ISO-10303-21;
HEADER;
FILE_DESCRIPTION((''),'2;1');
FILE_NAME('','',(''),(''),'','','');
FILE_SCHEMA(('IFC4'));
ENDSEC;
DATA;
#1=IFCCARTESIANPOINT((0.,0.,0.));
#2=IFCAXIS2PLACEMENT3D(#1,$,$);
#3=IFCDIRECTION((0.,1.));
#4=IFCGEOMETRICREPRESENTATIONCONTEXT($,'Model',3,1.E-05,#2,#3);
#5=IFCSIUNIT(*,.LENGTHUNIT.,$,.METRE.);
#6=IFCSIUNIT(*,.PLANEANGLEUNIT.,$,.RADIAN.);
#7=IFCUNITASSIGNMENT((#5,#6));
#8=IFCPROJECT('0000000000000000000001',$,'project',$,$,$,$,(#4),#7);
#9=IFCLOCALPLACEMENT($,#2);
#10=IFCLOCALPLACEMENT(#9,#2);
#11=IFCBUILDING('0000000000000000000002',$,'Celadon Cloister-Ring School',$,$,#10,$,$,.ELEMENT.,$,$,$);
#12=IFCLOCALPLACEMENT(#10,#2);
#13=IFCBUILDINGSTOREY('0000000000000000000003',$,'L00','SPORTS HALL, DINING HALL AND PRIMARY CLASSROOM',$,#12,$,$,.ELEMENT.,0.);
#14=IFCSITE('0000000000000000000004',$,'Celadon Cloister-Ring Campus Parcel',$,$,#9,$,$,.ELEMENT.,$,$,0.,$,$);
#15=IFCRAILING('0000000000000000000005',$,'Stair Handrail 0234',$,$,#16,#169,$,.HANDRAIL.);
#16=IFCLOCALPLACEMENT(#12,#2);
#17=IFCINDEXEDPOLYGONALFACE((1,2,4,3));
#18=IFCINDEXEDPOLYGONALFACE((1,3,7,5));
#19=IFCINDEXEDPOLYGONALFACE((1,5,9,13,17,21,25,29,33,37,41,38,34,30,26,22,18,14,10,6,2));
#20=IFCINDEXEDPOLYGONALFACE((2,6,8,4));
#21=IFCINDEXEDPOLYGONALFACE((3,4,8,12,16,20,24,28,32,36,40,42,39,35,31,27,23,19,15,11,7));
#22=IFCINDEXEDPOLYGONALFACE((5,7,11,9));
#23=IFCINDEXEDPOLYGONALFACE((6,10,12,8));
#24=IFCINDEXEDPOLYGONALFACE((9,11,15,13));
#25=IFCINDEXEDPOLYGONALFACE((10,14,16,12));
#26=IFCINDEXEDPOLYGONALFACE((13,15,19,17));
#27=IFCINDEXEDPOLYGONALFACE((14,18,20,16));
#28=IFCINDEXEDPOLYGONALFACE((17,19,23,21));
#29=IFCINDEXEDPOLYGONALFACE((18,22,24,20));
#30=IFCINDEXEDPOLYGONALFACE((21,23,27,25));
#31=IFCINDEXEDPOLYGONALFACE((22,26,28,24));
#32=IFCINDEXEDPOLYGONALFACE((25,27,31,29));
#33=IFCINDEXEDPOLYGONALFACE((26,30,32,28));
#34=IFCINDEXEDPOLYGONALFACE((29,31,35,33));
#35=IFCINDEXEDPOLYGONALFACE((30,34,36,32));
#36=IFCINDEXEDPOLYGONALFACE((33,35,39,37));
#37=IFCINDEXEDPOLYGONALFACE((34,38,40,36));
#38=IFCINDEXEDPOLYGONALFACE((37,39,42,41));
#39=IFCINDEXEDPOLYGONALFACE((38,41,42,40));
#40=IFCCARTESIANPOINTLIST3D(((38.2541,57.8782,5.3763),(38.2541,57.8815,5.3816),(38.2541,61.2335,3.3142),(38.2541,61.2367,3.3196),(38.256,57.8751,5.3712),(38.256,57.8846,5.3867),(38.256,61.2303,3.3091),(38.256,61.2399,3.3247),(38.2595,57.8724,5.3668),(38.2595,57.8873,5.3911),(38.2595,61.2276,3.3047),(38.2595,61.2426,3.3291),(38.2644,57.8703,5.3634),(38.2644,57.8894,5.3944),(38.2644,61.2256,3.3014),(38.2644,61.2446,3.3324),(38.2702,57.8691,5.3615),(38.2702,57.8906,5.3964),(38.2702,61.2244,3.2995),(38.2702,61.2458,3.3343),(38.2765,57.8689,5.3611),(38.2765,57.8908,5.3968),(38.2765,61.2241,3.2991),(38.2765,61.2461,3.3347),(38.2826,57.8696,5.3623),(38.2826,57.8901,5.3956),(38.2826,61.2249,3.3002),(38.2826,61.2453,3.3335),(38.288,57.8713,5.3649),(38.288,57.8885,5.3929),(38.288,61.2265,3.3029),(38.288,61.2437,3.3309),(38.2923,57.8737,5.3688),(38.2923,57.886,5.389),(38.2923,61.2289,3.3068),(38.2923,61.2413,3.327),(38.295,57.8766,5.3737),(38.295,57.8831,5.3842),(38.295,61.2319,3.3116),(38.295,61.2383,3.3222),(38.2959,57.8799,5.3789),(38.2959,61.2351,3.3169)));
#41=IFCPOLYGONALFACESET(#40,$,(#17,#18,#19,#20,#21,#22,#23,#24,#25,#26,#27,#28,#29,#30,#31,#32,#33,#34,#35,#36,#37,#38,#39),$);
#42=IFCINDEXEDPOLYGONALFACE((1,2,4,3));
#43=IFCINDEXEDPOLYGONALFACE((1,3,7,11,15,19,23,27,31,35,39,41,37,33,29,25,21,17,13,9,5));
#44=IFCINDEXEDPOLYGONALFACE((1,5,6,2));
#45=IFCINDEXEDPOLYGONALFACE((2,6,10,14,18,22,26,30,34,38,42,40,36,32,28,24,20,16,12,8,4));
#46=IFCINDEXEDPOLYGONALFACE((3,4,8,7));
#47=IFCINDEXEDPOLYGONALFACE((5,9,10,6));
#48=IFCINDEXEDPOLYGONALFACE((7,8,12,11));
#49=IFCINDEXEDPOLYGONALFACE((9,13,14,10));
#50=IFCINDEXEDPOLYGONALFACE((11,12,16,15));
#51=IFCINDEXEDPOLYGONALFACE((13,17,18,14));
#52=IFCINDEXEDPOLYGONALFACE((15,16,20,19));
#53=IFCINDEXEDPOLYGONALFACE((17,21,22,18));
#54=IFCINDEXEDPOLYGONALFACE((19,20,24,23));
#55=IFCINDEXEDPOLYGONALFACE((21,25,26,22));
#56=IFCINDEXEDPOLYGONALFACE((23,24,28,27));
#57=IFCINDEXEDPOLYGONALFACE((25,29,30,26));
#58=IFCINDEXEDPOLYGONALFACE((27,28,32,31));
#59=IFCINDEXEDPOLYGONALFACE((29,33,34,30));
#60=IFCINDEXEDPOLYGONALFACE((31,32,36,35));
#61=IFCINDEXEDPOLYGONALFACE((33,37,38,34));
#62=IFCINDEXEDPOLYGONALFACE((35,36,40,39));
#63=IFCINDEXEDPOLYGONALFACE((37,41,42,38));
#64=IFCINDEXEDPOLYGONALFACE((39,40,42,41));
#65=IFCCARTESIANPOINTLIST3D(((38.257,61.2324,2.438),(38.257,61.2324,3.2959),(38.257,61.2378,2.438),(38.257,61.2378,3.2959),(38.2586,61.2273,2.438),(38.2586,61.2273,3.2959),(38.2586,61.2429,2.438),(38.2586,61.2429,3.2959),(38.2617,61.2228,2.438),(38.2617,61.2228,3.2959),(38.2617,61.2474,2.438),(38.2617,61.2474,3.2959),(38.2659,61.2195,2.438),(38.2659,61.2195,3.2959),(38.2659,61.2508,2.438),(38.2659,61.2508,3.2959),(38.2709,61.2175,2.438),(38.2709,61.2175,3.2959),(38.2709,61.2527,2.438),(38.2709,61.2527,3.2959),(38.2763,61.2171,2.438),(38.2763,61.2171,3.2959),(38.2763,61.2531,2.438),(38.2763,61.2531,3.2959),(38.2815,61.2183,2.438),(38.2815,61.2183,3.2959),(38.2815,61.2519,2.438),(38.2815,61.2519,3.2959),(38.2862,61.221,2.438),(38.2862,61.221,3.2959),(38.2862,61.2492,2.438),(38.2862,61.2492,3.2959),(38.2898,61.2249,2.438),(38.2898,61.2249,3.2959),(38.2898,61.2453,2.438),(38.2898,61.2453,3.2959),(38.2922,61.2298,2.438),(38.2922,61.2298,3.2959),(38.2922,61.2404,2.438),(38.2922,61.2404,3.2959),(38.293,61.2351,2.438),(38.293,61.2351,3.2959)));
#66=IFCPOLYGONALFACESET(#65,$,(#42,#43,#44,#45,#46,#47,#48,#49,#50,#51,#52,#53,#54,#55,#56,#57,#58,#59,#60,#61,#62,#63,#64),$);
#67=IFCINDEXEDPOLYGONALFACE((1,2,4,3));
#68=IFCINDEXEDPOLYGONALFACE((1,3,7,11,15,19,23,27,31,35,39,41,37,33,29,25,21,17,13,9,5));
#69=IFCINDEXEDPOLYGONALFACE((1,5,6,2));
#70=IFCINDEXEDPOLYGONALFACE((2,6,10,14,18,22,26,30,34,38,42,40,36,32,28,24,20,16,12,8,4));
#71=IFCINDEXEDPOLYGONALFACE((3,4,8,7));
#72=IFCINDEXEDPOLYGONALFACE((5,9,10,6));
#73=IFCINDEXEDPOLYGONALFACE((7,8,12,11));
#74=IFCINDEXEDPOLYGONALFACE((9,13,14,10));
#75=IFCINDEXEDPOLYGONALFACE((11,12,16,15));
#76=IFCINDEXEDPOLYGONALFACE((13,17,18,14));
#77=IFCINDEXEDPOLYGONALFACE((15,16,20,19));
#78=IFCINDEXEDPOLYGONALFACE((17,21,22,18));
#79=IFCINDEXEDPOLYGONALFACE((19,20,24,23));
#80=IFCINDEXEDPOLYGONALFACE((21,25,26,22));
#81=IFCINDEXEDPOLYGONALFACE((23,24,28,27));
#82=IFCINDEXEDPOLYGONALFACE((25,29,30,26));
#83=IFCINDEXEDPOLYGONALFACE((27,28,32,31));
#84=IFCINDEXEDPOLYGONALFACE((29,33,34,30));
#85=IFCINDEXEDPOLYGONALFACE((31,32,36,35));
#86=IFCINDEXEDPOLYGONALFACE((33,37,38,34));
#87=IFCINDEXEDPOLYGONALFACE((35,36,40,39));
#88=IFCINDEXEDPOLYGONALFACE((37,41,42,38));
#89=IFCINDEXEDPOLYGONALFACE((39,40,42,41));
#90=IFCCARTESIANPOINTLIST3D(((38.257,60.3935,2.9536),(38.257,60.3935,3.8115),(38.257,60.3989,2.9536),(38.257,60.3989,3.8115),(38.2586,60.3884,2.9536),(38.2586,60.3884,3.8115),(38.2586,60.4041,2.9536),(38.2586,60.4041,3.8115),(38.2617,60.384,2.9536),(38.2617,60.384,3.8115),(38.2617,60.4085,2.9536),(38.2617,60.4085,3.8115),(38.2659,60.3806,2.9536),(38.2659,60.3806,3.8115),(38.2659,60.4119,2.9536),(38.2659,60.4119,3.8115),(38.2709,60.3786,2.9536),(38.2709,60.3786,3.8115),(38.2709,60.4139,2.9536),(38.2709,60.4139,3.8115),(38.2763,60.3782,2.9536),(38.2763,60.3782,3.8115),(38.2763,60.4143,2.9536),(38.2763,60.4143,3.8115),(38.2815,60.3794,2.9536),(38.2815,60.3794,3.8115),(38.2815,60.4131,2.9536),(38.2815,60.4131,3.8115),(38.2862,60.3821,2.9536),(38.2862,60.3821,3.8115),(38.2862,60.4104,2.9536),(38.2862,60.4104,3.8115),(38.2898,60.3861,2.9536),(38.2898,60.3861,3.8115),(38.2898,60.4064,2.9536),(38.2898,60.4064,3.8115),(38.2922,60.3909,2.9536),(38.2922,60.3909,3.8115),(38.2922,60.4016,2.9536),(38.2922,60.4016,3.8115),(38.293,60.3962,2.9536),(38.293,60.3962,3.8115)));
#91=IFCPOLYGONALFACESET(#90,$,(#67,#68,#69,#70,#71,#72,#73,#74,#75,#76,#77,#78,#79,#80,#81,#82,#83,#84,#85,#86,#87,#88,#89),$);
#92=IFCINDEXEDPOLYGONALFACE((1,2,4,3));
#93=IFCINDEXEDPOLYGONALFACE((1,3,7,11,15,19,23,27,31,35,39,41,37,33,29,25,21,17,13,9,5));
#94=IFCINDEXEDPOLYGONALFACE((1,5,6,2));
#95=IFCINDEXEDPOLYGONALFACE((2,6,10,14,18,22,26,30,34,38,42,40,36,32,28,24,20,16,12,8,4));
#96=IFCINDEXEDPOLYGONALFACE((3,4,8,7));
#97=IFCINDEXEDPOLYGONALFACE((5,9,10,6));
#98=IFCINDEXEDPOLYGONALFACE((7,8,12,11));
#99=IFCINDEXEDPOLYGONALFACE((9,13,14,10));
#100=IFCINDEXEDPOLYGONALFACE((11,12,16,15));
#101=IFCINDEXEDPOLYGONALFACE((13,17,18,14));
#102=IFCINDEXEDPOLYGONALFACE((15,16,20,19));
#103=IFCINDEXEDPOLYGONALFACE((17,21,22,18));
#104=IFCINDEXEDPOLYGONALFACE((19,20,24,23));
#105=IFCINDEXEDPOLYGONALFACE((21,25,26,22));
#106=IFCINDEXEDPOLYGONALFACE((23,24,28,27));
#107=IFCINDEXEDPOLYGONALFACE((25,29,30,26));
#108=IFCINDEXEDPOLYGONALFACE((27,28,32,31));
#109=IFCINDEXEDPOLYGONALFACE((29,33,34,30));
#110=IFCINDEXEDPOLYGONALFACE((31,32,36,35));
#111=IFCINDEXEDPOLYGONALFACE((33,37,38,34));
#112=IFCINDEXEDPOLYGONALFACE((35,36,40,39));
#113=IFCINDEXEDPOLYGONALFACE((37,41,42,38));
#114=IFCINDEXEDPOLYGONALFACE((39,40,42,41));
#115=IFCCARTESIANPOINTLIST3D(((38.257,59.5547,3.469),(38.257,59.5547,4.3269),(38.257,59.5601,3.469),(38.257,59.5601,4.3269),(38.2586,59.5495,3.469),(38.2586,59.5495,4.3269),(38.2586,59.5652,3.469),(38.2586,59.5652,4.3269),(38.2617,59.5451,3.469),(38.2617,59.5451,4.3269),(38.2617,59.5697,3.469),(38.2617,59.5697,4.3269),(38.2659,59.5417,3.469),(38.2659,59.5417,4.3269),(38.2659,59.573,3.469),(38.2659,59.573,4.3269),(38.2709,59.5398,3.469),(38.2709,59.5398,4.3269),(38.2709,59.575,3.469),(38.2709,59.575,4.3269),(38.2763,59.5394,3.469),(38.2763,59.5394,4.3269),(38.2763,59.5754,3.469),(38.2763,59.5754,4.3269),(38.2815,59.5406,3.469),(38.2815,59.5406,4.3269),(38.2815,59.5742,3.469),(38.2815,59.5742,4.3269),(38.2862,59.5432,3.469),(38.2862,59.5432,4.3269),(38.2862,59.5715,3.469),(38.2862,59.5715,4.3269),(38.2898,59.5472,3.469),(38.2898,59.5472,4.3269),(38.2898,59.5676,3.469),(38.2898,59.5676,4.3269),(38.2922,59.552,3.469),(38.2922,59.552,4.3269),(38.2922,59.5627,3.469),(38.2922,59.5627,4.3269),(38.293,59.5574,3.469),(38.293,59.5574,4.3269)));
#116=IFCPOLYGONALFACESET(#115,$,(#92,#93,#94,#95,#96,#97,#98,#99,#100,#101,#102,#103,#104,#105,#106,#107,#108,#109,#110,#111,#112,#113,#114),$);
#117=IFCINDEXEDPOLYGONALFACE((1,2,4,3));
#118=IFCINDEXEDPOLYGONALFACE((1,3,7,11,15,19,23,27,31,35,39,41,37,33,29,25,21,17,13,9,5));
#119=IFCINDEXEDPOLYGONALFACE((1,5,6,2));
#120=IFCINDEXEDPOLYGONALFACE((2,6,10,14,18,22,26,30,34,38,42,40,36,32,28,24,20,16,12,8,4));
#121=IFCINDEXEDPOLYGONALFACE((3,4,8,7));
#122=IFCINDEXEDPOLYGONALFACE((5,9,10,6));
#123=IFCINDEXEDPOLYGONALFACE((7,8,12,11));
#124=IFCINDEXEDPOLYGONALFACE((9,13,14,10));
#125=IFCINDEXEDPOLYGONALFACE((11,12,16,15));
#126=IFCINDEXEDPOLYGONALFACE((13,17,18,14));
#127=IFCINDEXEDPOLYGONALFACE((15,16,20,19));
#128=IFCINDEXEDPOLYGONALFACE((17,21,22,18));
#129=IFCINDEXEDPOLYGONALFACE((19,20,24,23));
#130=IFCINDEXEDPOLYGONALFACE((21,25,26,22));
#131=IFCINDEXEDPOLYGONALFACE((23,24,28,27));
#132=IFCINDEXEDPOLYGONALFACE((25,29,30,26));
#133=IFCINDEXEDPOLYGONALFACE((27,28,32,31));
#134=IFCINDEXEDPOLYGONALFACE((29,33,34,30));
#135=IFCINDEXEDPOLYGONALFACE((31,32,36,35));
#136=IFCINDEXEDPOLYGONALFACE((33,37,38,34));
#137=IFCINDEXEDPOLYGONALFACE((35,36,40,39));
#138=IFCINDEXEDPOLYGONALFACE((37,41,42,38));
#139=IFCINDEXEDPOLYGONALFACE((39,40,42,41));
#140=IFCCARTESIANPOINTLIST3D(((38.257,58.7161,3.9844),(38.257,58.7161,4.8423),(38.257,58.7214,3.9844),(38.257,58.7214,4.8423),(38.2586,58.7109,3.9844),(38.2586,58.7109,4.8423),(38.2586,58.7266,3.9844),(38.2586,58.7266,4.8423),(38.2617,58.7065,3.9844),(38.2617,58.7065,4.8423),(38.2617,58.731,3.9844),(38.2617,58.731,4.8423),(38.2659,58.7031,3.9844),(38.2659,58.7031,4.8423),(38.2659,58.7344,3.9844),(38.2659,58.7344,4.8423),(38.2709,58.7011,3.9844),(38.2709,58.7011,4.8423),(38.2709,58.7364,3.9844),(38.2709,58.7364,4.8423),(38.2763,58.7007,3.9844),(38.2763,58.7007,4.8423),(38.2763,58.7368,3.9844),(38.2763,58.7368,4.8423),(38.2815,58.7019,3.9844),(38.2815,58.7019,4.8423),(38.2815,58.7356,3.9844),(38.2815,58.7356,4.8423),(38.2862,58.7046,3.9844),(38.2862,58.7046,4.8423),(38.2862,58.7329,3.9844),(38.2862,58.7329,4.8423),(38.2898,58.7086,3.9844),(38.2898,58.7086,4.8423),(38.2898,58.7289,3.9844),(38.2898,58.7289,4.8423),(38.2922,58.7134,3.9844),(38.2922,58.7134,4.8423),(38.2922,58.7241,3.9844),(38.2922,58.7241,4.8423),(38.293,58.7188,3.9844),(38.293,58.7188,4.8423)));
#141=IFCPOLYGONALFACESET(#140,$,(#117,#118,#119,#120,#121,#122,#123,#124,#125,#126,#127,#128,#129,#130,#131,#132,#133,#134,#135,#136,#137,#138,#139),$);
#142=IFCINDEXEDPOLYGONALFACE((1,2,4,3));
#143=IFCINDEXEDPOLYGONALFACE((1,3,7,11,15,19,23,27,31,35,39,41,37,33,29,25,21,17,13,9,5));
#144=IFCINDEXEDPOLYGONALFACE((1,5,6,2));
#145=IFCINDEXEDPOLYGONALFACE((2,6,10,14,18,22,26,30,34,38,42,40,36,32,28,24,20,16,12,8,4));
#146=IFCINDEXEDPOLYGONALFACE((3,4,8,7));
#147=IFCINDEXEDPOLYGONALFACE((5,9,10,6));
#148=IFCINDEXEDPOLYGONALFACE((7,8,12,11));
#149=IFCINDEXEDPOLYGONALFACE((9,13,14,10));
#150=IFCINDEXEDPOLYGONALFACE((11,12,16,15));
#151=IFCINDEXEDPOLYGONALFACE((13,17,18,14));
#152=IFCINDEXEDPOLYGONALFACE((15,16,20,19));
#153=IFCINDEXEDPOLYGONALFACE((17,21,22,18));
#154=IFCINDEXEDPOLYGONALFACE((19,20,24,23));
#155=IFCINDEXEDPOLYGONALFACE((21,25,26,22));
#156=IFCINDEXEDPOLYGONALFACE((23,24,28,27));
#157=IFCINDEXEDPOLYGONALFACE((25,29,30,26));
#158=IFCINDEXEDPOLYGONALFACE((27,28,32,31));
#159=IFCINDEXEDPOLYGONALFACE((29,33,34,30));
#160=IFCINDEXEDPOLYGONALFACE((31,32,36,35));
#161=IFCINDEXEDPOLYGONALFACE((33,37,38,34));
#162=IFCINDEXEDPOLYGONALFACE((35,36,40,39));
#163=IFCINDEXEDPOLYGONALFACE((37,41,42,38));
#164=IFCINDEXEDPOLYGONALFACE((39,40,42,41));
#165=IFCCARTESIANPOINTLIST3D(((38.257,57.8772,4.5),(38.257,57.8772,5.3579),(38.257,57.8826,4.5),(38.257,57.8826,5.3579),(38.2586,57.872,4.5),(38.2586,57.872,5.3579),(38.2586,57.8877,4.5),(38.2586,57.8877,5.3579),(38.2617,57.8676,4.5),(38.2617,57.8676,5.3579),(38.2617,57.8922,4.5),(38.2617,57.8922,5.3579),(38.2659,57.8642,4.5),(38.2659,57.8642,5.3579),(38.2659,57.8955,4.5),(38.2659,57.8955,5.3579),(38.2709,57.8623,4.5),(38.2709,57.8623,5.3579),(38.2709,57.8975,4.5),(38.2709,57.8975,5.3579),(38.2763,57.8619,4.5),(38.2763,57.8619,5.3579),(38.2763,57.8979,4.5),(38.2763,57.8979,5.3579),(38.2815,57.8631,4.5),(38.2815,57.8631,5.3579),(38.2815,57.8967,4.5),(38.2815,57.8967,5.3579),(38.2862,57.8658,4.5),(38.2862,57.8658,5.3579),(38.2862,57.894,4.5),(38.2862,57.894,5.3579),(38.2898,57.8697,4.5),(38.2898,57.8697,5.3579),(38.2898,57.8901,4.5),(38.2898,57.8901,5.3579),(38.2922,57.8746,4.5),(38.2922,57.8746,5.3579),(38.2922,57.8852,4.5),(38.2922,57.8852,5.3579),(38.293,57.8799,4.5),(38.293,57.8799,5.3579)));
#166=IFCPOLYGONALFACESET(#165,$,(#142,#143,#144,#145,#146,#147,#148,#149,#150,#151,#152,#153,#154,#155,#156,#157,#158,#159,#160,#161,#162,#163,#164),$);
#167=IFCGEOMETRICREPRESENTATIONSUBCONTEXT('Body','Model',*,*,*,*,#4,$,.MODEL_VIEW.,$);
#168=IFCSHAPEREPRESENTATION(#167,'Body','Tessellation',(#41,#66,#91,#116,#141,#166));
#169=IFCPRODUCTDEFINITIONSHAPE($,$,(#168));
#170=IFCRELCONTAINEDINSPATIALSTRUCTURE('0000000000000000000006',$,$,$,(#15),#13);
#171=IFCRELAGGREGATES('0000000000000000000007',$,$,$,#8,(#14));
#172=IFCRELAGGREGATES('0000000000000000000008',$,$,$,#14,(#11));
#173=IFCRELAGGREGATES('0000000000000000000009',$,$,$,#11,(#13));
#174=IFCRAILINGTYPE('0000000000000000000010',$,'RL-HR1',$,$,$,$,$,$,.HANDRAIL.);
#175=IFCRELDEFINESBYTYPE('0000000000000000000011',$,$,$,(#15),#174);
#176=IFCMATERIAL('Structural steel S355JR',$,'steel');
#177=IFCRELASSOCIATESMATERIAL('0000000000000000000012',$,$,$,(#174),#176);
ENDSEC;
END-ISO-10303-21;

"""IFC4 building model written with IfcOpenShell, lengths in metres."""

from ifc_helpers import new_model, si_unit, direction, frame, origin, origin_2d, place, context, subcontext, project, spatial, circle, extrude, material, type_object, element, save


model = new_model("IFC4")

# Units and contexts
model_context = context("Model", 3, precision=1e-05, world=origin(), true_north=direction((0.0, 1.0)))
body_context = subcontext(model_context, "Body", "Model", "MODEL_VIEW")
ifc_project = project(units=[si_unit("LENGTHUNIT", "METRE"), si_unit("PLANEANGLEUNIT", "RADIAN")], contexts=[model_context])

# Site, building, storey
site_placement = place(None, origin())
site = spatial("IfcSite", under=ifc_project, at=site_placement, Name="Celadon Cloister-Ring Campus Parcel", CompositionType="ELEMENT", RefElevation=0.0)
building_placement = place(site_placement, origin())
building = spatial("IfcBuilding", under=site, at=building_placement, Name="Celadon Cloister-Ring School", CompositionType="ELEMENT")
storey_placement = place(building_placement, origin())
storey = spatial("IfcBuildingStorey", under=building, at=storey_placement, Name="L00", Description="SPORTS HALL, DINING HALL AND PRIMARY CLASSROOM", CompositionType="ELEMENT", Elevation=0.0)

# Railing
ifc_material_1 = material(Name="Structural steel S355JR", Category="steel")
railing_type_1 = type_object("IfcRailingType", Name="RL-HR1", PredefinedType="HANDRAIL", material=ifc_material_1)
for number, where, name in (
    (1, (38.2749, 61.2351, 2.438), "Stair Handrail 0234"),
):
    element("IfcRailing", number, at=place(storey_placement, frame(where)), inside=storey, type_object=railing_type_1, Name=name, PredefinedType="HANDRAIL", context=body_context, shape_type="SweptSolid", body=[
        extrude(circle(Radius=0.021, at=origin_2d()), frame((0.0, 0.0, 0.8789), z_axis=(0.0, -0.851969, 0.523592), x_axis=(1.0, 0.0, 0.0)), (0.0, 0.0, 1.0), 3.9382),
        extrude(circle(Radius=0.0181, at=origin_2d()), origin(), (0.0, 0.0, 1.0), 0.8579),
        extrude(circle(Radius=0.0181, at=origin_2d()), frame((0.0, -0.8389, 0.5156)), (0.0, 0.0, 1.0), 0.8579),
        extrude(circle(Radius=0.0181, at=origin_2d()), frame((0.0, -1.6777, 1.031)), (0.0, 0.0, 1.0), 0.8579),
        extrude(circle(Radius=0.0181, at=origin_2d()), frame((0.0, -2.5164, 1.5464)), (0.0, 0.0, 1.0), 0.8579),
        extrude(circle(Radius=0.0181, at=origin_2d()), frame((0.0, -3.3552, 2.062)), (0.0, 0.0, 1.0), 0.8579),
    ])

save(model, "model.ifc")
